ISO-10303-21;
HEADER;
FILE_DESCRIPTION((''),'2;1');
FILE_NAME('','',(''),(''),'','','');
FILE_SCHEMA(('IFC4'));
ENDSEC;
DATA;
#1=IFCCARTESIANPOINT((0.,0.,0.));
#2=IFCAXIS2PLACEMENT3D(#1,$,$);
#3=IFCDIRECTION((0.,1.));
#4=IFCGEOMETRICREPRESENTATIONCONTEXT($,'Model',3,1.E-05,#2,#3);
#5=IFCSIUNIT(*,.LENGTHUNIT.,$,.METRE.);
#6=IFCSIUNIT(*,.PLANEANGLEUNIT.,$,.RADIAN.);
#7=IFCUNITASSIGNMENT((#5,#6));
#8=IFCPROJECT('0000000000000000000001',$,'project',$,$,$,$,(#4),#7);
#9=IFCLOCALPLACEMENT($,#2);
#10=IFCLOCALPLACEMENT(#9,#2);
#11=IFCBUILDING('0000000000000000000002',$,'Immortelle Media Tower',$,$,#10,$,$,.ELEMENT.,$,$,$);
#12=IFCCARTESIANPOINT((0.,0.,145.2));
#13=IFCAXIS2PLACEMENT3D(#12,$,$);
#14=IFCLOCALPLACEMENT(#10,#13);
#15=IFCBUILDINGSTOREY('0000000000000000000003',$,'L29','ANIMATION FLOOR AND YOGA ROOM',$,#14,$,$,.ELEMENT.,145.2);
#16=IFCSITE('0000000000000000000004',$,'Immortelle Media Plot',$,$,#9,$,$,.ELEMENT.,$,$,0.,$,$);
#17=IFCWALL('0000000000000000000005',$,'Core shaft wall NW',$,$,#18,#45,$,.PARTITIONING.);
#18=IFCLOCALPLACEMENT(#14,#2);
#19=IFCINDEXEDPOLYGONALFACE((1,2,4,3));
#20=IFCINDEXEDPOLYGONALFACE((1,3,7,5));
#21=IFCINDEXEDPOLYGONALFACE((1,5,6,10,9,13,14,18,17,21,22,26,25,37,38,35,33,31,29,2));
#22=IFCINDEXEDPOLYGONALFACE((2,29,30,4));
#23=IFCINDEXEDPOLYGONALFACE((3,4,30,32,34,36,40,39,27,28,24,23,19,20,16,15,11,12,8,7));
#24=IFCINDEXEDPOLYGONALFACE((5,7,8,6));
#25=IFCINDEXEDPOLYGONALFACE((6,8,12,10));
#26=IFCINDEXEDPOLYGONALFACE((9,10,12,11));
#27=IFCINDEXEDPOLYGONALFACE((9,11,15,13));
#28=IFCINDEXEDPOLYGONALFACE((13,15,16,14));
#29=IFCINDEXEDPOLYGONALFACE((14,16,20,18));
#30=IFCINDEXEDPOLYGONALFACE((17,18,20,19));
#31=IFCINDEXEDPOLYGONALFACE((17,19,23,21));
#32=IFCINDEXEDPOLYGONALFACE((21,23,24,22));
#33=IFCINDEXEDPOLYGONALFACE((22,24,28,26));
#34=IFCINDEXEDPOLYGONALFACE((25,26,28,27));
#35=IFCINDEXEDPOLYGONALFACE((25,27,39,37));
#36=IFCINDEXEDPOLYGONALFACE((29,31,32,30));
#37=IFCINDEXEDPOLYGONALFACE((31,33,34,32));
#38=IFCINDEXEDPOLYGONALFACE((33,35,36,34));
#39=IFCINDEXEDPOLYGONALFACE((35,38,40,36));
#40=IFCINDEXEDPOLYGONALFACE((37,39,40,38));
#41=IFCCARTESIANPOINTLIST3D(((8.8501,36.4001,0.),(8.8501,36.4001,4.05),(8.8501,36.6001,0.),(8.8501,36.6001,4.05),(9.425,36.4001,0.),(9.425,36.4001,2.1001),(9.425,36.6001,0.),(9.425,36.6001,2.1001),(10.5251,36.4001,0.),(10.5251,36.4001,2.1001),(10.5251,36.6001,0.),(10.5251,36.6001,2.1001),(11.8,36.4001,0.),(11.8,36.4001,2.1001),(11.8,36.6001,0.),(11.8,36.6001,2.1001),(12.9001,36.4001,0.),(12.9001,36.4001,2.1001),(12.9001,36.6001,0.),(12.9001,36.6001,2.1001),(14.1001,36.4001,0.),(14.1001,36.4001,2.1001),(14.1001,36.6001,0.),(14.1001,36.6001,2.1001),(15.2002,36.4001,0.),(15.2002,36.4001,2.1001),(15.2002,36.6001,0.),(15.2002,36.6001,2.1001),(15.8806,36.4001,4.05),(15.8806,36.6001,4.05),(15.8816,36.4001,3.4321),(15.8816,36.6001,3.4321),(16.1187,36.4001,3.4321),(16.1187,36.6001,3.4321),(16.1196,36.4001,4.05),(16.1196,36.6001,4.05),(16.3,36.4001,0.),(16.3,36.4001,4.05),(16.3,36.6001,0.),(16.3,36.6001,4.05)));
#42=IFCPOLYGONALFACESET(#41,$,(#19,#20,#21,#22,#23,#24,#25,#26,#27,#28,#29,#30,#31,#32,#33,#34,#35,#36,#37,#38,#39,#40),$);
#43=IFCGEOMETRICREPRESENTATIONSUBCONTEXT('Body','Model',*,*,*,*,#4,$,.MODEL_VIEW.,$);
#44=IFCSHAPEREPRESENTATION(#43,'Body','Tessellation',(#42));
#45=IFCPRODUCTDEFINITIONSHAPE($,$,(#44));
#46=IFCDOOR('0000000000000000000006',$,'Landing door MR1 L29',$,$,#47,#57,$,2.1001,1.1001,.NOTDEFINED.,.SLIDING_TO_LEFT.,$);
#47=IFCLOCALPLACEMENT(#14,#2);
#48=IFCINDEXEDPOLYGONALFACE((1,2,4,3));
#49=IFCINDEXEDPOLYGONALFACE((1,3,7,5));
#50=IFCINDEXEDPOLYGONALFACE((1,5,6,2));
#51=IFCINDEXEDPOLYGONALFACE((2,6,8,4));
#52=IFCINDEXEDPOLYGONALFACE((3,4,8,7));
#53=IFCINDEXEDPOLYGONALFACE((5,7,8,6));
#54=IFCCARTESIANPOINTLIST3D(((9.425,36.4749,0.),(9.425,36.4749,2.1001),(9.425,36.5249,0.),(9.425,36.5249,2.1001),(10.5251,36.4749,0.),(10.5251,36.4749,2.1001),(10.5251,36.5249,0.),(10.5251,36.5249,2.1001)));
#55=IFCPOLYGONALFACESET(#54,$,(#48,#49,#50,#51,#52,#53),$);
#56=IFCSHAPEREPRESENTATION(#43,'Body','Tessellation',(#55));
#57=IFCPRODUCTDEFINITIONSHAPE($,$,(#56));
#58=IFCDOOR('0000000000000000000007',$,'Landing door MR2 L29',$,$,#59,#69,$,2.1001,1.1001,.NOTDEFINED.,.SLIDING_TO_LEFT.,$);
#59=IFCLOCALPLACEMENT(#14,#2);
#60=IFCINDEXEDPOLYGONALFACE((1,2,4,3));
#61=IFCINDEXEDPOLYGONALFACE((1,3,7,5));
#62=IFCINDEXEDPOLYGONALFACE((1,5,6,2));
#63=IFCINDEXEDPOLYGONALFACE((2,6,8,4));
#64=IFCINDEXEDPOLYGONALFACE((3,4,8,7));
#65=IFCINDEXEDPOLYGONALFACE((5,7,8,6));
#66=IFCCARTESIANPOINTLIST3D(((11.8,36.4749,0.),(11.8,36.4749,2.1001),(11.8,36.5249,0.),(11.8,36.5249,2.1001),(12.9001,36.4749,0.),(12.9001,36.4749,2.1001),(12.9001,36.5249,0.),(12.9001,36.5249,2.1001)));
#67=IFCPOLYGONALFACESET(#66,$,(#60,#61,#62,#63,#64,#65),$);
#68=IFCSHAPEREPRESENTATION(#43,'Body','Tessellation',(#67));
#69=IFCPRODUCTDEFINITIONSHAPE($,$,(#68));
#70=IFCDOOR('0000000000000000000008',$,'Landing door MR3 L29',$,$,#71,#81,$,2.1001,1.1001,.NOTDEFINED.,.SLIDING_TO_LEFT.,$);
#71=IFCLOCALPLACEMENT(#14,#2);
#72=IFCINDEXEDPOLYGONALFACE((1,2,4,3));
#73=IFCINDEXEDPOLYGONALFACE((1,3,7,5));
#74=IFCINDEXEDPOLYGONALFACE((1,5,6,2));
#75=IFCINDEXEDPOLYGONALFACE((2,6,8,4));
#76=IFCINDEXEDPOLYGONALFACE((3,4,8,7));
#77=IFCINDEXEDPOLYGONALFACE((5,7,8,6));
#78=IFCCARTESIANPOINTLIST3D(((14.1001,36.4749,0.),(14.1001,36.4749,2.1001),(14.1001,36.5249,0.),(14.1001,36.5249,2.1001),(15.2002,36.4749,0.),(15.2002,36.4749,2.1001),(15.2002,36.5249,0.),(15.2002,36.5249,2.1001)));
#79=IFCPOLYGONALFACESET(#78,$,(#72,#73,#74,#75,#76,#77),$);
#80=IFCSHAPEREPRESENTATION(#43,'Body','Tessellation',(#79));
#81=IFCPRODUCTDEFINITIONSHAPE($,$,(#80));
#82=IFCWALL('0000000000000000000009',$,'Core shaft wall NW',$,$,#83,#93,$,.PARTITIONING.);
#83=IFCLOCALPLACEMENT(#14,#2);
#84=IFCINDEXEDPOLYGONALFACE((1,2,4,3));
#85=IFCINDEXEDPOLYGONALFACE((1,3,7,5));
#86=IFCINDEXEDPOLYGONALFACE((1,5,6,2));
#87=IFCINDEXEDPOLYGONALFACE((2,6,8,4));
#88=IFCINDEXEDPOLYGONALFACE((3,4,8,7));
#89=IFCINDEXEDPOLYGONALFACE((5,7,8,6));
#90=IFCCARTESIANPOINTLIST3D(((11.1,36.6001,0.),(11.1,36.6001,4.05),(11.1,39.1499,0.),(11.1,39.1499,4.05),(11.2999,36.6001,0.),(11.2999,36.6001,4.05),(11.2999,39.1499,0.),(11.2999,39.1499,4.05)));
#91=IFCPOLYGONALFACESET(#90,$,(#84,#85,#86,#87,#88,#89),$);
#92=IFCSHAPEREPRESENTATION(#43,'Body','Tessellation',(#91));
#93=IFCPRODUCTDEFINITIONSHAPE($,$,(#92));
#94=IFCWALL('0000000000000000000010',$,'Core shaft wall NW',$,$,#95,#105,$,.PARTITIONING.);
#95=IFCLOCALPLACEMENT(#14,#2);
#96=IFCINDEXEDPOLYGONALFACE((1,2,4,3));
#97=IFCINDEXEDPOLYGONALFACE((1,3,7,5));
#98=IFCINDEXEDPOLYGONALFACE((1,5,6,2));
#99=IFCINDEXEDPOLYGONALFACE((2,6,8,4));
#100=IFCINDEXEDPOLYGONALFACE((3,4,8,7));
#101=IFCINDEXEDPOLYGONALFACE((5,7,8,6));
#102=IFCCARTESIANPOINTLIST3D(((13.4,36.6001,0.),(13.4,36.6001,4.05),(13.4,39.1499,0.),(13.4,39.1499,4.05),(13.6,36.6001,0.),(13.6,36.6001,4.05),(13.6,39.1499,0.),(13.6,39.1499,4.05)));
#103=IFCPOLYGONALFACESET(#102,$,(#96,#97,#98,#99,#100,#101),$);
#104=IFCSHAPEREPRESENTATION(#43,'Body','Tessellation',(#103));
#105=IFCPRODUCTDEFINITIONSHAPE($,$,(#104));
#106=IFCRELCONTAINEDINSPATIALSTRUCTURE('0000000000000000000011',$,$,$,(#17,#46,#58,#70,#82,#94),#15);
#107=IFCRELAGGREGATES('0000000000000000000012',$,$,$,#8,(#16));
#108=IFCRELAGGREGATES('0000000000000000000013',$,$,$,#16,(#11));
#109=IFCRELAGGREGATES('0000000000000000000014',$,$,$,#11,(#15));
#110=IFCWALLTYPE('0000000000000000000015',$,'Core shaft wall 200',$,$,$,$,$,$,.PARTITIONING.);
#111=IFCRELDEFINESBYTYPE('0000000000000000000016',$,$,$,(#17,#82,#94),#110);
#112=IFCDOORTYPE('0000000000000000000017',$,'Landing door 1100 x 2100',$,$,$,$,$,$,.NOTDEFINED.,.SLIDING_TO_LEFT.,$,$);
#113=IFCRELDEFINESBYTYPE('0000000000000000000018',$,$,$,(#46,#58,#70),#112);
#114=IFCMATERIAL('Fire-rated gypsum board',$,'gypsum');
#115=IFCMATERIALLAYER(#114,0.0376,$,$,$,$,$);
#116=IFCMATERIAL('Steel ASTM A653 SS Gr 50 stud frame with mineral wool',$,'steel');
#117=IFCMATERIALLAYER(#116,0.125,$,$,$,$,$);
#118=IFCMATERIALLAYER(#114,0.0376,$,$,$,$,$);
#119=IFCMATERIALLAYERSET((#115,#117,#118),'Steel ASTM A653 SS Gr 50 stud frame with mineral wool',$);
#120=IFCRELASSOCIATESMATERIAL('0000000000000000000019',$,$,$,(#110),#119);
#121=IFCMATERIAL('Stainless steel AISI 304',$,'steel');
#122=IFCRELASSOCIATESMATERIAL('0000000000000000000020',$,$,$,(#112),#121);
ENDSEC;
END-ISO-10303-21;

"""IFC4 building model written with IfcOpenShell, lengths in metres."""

from ifc_helpers import new_model, si_unit, direction, frame, frame_2d, origin, place, context, subcontext, project, spatial, polyline, rectangle, outline, extrude, material, layer, layer_set, type_object, element, fill, save


model = new_model("IFC4")

# Units and contexts
model_context = context("Model", 3, precision=1e-05, world=origin(), true_north=direction((0.0, 1.0)))
body_context = subcontext(model_context, "Body", "Model", "MODEL_VIEW")
ifc_project = project(units=[si_unit("LENGTHUNIT", "METRE"), si_unit("PLANEANGLEUNIT", "RADIAN")], contexts=[model_context])

# Site, building, storey
site_placement = place(None, origin())
site = spatial("IfcSite", under=ifc_project, at=site_placement, Name="Immortelle Media Plot", CompositionType="ELEMENT", RefElevation=0.0)
building_placement = place(site_placement, origin())
building = spatial("IfcBuilding", under=site, at=building_placement, Name="Immortelle Media Tower", CompositionType="ELEMENT")
storey_placement = place(building_placement, frame((0.0, 0.0, 145.2)))
storey = spatial("IfcBuildingStorey", under=building, at=storey_placement, Name="L29", Description="ANIMATION FLOOR AND YOGA ROOM", CompositionType="ELEMENT", Elevation=145.2)

# Shared definitions
ifc_material_1 = material(Name="Fire-rated gypsum board", Category="gypsum")
ifc_material_2 = material(Name="Steel ASTM A653 SS Gr 50 stud frame with mineral wool", Category="steel")

# Shared definitions
ifc_layer_1 = layer(ifc_material_1, 0.0376)
ifc_layer_2 = layer(ifc_material_2, 0.125)
ifc_layer_3 = layer(ifc_material_1, 0.0376)
ifc_layer_set_1 = layer_set([ifc_layer_1, ifc_layer_2, ifc_layer_3], Name="Steel ASTM A653 SS Gr 50 stud frame with mineral wool")
wall_type_1 = type_object("IfcWallType", Name="Core shaft wall 200", PredefinedType="PARTITIONING", material=ifc_layer_set_1)

# Wall, openings, doors
wall_1_placement = place(storey_placement, frame((8.8501, 36.5, 0.0), z_axis=(0.0, 0.0, 1.0), x_axis=(1.0, 0.0, 0.0)))
wall_1 = element("IfcWall", 1, at=wall_1_placement, inside=storey, type_object=wall_type_1, Name="Core shaft wall NW", PredefinedType="PARTITIONING", context=body_context, shape_type="SweptSolid", body=[
    extrude(outline(polyline([(0.0, 0.0), (7.45, 0.0), (7.45, 4.05), (7.2695, 4.05), (7.2686, 3.4321), (7.0315, 3.4321), (7.0305, 4.05), (0.0, 4.05), (0.0, 0.0)])), frame((0.0, 0.1001, 0.0), z_axis=(0.0, -1.0, 0.0), x_axis=(1.0, 0.0, 0.0)), (0.0, 0.0, 1.0), 0.2),
])
opening_1_placement = place(wall_1_placement, frame((0.575, 0.0, 0.0)))
opening_1 = element("IfcOpeningElement", 2, at=opening_1_placement, cuts=wall_1, PredefinedType="OPENING", context=body_context, shape_type="SweptSolid", body=[
    extrude(rectangle(XDim=1.1001, YDim=2.1001, at=frame_2d((0.55, 1.05))), frame((0.0, 0.1099, 0.0), z_axis=(0.0, -1.0, 0.0), x_axis=(1.0, 0.0, 0.0)), (0.0, 0.0, 1.0), 0.22),
])
opening_2_placement = place(wall_1_placement, frame((2.95, 0.0, 0.0)))
opening_2 = element("IfcOpeningElement", 3, at=opening_2_placement, cuts=wall_1, PredefinedType="OPENING", context=body_context, shape_type="SweptSolid", body=[
    extrude(rectangle(XDim=1.1001, YDim=2.1001, at=frame_2d((0.55, 1.05))), frame((0.0, 0.1099, 0.0), z_axis=(0.0, -1.0, 0.0), x_axis=(1.0, 0.0, 0.0)), (0.0, 0.0, 1.0), 0.22),
])
opening_3_placement = place(wall_1_placement, frame((5.25, 0.0, 0.0)))
opening_3 = element("IfcOpeningElement", 4, at=opening_3_placement, cuts=wall_1, PredefinedType="OPENING", context=body_context, shape_type="SweptSolid", body=[
    extrude(rectangle(XDim=1.1001, YDim=2.1001, at=frame_2d((0.55, 1.05))), frame((0.0, 0.1099, 0.0), z_axis=(0.0, -1.0, 0.0), x_axis=(1.0, 0.0, 0.0)), (0.0, 0.0, 1.0), 0.22),
])
ifc_material_3 = material(Name="Stainless steel AISI 304", Category="steel")
door_type_1 = type_object("IfcDoorType", Name="Landing door 1100 x 2100", OperationType="SLIDING_TO_LEFT", PredefinedType="NOTDEFINED", material=ifc_material_3)
door_1_placement = place(opening_1_placement, origin())
door_1 = element("IfcDoor", 5, at=door_1_placement, inside=storey, type_object=door_type_1, Name="Landing door MR1 L29", OperationType="SLIDING_TO_LEFT", OverallHeight=2.1001, OverallWidth=1.1001, PredefinedType="NOTDEFINED", context=body_context, shape_type="SweptSolid", body=[
    extrude(rectangle(XDim=1.1001, YDim=2.1001, at=frame_2d((0.55, 1.05))), frame((0.0, 0.0249, 0.0), z_axis=(0.0, -1.0, 0.0), x_axis=(1.0, 0.0, 0.0)), (0.0, 0.0, 1.0), 0.05),
])
fill(opening_1, door_1)
door_2_placement = place(opening_2_placement, origin())
door_2 = element("IfcDoor", 6, at=door_2_placement, inside=storey, type_object=door_type_1, Name="Landing door MR2 L29", OperationType="SLIDING_TO_LEFT", OverallHeight=2.1001, OverallWidth=1.1001, PredefinedType="NOTDEFINED", context=body_context, shape_type="SweptSolid", body=[
    extrude(rectangle(XDim=1.1001, YDim=2.1001, at=frame_2d((0.55, 1.05))), frame((0.0, 0.0249, 0.0), z_axis=(0.0, -1.0, 0.0), x_axis=(1.0, 0.0, 0.0)), (0.0, 0.0, 1.0), 0.05),
])
fill(opening_2, door_2)
door_3_placement = place(opening_3_placement, origin())
door_3 = element("IfcDoor", 7, at=door_3_placement, inside=storey, type_object=door_type_1, Name="Landing door MR3 L29", OperationType="SLIDING_TO_LEFT", OverallHeight=2.1001, OverallWidth=1.1001, PredefinedType="NOTDEFINED", context=body_context, shape_type="SweptSolid", body=[
    extrude(rectangle(XDim=1.1001, YDim=2.1001, at=frame_2d((0.55, 1.05))), frame((0.0, 0.0249, 0.0), z_axis=(0.0, -1.0, 0.0), x_axis=(1.0, 0.0, 0.0)), (0.0, 0.0, 1.0), 0.05),
])
fill(opening_3, door_3)

# Walls
for number, where, z_axis, x_axis, name in (
    (8, (11.2, 36.6001, 0.0), (0.0, 0.0, 1.0), (0.0, 1.0, 0.0), "Core shaft wall NW"),
    (9, (13.5, 36.6001, 0.0), (0.0, 0.0, 1.0), (0.0, 1.0, 0.0), "Core shaft wall NW"),
):
    element("IfcWall", number, at=place(storey_placement, frame(where, z_axis=z_axis, x_axis=x_axis)), inside=storey, type_object=wall_type_1, Name=name, PredefinedType="PARTITIONING", context=body_context, shape_type="SweptSolid", body=[
        extrude(rectangle(XDim=2.5498, YDim=0.2, at=frame_2d((1.2749, 0.0))), origin(), (0.0, 0.0, 1.0), 4.05),
    ])

save(model, "model.ifc")
